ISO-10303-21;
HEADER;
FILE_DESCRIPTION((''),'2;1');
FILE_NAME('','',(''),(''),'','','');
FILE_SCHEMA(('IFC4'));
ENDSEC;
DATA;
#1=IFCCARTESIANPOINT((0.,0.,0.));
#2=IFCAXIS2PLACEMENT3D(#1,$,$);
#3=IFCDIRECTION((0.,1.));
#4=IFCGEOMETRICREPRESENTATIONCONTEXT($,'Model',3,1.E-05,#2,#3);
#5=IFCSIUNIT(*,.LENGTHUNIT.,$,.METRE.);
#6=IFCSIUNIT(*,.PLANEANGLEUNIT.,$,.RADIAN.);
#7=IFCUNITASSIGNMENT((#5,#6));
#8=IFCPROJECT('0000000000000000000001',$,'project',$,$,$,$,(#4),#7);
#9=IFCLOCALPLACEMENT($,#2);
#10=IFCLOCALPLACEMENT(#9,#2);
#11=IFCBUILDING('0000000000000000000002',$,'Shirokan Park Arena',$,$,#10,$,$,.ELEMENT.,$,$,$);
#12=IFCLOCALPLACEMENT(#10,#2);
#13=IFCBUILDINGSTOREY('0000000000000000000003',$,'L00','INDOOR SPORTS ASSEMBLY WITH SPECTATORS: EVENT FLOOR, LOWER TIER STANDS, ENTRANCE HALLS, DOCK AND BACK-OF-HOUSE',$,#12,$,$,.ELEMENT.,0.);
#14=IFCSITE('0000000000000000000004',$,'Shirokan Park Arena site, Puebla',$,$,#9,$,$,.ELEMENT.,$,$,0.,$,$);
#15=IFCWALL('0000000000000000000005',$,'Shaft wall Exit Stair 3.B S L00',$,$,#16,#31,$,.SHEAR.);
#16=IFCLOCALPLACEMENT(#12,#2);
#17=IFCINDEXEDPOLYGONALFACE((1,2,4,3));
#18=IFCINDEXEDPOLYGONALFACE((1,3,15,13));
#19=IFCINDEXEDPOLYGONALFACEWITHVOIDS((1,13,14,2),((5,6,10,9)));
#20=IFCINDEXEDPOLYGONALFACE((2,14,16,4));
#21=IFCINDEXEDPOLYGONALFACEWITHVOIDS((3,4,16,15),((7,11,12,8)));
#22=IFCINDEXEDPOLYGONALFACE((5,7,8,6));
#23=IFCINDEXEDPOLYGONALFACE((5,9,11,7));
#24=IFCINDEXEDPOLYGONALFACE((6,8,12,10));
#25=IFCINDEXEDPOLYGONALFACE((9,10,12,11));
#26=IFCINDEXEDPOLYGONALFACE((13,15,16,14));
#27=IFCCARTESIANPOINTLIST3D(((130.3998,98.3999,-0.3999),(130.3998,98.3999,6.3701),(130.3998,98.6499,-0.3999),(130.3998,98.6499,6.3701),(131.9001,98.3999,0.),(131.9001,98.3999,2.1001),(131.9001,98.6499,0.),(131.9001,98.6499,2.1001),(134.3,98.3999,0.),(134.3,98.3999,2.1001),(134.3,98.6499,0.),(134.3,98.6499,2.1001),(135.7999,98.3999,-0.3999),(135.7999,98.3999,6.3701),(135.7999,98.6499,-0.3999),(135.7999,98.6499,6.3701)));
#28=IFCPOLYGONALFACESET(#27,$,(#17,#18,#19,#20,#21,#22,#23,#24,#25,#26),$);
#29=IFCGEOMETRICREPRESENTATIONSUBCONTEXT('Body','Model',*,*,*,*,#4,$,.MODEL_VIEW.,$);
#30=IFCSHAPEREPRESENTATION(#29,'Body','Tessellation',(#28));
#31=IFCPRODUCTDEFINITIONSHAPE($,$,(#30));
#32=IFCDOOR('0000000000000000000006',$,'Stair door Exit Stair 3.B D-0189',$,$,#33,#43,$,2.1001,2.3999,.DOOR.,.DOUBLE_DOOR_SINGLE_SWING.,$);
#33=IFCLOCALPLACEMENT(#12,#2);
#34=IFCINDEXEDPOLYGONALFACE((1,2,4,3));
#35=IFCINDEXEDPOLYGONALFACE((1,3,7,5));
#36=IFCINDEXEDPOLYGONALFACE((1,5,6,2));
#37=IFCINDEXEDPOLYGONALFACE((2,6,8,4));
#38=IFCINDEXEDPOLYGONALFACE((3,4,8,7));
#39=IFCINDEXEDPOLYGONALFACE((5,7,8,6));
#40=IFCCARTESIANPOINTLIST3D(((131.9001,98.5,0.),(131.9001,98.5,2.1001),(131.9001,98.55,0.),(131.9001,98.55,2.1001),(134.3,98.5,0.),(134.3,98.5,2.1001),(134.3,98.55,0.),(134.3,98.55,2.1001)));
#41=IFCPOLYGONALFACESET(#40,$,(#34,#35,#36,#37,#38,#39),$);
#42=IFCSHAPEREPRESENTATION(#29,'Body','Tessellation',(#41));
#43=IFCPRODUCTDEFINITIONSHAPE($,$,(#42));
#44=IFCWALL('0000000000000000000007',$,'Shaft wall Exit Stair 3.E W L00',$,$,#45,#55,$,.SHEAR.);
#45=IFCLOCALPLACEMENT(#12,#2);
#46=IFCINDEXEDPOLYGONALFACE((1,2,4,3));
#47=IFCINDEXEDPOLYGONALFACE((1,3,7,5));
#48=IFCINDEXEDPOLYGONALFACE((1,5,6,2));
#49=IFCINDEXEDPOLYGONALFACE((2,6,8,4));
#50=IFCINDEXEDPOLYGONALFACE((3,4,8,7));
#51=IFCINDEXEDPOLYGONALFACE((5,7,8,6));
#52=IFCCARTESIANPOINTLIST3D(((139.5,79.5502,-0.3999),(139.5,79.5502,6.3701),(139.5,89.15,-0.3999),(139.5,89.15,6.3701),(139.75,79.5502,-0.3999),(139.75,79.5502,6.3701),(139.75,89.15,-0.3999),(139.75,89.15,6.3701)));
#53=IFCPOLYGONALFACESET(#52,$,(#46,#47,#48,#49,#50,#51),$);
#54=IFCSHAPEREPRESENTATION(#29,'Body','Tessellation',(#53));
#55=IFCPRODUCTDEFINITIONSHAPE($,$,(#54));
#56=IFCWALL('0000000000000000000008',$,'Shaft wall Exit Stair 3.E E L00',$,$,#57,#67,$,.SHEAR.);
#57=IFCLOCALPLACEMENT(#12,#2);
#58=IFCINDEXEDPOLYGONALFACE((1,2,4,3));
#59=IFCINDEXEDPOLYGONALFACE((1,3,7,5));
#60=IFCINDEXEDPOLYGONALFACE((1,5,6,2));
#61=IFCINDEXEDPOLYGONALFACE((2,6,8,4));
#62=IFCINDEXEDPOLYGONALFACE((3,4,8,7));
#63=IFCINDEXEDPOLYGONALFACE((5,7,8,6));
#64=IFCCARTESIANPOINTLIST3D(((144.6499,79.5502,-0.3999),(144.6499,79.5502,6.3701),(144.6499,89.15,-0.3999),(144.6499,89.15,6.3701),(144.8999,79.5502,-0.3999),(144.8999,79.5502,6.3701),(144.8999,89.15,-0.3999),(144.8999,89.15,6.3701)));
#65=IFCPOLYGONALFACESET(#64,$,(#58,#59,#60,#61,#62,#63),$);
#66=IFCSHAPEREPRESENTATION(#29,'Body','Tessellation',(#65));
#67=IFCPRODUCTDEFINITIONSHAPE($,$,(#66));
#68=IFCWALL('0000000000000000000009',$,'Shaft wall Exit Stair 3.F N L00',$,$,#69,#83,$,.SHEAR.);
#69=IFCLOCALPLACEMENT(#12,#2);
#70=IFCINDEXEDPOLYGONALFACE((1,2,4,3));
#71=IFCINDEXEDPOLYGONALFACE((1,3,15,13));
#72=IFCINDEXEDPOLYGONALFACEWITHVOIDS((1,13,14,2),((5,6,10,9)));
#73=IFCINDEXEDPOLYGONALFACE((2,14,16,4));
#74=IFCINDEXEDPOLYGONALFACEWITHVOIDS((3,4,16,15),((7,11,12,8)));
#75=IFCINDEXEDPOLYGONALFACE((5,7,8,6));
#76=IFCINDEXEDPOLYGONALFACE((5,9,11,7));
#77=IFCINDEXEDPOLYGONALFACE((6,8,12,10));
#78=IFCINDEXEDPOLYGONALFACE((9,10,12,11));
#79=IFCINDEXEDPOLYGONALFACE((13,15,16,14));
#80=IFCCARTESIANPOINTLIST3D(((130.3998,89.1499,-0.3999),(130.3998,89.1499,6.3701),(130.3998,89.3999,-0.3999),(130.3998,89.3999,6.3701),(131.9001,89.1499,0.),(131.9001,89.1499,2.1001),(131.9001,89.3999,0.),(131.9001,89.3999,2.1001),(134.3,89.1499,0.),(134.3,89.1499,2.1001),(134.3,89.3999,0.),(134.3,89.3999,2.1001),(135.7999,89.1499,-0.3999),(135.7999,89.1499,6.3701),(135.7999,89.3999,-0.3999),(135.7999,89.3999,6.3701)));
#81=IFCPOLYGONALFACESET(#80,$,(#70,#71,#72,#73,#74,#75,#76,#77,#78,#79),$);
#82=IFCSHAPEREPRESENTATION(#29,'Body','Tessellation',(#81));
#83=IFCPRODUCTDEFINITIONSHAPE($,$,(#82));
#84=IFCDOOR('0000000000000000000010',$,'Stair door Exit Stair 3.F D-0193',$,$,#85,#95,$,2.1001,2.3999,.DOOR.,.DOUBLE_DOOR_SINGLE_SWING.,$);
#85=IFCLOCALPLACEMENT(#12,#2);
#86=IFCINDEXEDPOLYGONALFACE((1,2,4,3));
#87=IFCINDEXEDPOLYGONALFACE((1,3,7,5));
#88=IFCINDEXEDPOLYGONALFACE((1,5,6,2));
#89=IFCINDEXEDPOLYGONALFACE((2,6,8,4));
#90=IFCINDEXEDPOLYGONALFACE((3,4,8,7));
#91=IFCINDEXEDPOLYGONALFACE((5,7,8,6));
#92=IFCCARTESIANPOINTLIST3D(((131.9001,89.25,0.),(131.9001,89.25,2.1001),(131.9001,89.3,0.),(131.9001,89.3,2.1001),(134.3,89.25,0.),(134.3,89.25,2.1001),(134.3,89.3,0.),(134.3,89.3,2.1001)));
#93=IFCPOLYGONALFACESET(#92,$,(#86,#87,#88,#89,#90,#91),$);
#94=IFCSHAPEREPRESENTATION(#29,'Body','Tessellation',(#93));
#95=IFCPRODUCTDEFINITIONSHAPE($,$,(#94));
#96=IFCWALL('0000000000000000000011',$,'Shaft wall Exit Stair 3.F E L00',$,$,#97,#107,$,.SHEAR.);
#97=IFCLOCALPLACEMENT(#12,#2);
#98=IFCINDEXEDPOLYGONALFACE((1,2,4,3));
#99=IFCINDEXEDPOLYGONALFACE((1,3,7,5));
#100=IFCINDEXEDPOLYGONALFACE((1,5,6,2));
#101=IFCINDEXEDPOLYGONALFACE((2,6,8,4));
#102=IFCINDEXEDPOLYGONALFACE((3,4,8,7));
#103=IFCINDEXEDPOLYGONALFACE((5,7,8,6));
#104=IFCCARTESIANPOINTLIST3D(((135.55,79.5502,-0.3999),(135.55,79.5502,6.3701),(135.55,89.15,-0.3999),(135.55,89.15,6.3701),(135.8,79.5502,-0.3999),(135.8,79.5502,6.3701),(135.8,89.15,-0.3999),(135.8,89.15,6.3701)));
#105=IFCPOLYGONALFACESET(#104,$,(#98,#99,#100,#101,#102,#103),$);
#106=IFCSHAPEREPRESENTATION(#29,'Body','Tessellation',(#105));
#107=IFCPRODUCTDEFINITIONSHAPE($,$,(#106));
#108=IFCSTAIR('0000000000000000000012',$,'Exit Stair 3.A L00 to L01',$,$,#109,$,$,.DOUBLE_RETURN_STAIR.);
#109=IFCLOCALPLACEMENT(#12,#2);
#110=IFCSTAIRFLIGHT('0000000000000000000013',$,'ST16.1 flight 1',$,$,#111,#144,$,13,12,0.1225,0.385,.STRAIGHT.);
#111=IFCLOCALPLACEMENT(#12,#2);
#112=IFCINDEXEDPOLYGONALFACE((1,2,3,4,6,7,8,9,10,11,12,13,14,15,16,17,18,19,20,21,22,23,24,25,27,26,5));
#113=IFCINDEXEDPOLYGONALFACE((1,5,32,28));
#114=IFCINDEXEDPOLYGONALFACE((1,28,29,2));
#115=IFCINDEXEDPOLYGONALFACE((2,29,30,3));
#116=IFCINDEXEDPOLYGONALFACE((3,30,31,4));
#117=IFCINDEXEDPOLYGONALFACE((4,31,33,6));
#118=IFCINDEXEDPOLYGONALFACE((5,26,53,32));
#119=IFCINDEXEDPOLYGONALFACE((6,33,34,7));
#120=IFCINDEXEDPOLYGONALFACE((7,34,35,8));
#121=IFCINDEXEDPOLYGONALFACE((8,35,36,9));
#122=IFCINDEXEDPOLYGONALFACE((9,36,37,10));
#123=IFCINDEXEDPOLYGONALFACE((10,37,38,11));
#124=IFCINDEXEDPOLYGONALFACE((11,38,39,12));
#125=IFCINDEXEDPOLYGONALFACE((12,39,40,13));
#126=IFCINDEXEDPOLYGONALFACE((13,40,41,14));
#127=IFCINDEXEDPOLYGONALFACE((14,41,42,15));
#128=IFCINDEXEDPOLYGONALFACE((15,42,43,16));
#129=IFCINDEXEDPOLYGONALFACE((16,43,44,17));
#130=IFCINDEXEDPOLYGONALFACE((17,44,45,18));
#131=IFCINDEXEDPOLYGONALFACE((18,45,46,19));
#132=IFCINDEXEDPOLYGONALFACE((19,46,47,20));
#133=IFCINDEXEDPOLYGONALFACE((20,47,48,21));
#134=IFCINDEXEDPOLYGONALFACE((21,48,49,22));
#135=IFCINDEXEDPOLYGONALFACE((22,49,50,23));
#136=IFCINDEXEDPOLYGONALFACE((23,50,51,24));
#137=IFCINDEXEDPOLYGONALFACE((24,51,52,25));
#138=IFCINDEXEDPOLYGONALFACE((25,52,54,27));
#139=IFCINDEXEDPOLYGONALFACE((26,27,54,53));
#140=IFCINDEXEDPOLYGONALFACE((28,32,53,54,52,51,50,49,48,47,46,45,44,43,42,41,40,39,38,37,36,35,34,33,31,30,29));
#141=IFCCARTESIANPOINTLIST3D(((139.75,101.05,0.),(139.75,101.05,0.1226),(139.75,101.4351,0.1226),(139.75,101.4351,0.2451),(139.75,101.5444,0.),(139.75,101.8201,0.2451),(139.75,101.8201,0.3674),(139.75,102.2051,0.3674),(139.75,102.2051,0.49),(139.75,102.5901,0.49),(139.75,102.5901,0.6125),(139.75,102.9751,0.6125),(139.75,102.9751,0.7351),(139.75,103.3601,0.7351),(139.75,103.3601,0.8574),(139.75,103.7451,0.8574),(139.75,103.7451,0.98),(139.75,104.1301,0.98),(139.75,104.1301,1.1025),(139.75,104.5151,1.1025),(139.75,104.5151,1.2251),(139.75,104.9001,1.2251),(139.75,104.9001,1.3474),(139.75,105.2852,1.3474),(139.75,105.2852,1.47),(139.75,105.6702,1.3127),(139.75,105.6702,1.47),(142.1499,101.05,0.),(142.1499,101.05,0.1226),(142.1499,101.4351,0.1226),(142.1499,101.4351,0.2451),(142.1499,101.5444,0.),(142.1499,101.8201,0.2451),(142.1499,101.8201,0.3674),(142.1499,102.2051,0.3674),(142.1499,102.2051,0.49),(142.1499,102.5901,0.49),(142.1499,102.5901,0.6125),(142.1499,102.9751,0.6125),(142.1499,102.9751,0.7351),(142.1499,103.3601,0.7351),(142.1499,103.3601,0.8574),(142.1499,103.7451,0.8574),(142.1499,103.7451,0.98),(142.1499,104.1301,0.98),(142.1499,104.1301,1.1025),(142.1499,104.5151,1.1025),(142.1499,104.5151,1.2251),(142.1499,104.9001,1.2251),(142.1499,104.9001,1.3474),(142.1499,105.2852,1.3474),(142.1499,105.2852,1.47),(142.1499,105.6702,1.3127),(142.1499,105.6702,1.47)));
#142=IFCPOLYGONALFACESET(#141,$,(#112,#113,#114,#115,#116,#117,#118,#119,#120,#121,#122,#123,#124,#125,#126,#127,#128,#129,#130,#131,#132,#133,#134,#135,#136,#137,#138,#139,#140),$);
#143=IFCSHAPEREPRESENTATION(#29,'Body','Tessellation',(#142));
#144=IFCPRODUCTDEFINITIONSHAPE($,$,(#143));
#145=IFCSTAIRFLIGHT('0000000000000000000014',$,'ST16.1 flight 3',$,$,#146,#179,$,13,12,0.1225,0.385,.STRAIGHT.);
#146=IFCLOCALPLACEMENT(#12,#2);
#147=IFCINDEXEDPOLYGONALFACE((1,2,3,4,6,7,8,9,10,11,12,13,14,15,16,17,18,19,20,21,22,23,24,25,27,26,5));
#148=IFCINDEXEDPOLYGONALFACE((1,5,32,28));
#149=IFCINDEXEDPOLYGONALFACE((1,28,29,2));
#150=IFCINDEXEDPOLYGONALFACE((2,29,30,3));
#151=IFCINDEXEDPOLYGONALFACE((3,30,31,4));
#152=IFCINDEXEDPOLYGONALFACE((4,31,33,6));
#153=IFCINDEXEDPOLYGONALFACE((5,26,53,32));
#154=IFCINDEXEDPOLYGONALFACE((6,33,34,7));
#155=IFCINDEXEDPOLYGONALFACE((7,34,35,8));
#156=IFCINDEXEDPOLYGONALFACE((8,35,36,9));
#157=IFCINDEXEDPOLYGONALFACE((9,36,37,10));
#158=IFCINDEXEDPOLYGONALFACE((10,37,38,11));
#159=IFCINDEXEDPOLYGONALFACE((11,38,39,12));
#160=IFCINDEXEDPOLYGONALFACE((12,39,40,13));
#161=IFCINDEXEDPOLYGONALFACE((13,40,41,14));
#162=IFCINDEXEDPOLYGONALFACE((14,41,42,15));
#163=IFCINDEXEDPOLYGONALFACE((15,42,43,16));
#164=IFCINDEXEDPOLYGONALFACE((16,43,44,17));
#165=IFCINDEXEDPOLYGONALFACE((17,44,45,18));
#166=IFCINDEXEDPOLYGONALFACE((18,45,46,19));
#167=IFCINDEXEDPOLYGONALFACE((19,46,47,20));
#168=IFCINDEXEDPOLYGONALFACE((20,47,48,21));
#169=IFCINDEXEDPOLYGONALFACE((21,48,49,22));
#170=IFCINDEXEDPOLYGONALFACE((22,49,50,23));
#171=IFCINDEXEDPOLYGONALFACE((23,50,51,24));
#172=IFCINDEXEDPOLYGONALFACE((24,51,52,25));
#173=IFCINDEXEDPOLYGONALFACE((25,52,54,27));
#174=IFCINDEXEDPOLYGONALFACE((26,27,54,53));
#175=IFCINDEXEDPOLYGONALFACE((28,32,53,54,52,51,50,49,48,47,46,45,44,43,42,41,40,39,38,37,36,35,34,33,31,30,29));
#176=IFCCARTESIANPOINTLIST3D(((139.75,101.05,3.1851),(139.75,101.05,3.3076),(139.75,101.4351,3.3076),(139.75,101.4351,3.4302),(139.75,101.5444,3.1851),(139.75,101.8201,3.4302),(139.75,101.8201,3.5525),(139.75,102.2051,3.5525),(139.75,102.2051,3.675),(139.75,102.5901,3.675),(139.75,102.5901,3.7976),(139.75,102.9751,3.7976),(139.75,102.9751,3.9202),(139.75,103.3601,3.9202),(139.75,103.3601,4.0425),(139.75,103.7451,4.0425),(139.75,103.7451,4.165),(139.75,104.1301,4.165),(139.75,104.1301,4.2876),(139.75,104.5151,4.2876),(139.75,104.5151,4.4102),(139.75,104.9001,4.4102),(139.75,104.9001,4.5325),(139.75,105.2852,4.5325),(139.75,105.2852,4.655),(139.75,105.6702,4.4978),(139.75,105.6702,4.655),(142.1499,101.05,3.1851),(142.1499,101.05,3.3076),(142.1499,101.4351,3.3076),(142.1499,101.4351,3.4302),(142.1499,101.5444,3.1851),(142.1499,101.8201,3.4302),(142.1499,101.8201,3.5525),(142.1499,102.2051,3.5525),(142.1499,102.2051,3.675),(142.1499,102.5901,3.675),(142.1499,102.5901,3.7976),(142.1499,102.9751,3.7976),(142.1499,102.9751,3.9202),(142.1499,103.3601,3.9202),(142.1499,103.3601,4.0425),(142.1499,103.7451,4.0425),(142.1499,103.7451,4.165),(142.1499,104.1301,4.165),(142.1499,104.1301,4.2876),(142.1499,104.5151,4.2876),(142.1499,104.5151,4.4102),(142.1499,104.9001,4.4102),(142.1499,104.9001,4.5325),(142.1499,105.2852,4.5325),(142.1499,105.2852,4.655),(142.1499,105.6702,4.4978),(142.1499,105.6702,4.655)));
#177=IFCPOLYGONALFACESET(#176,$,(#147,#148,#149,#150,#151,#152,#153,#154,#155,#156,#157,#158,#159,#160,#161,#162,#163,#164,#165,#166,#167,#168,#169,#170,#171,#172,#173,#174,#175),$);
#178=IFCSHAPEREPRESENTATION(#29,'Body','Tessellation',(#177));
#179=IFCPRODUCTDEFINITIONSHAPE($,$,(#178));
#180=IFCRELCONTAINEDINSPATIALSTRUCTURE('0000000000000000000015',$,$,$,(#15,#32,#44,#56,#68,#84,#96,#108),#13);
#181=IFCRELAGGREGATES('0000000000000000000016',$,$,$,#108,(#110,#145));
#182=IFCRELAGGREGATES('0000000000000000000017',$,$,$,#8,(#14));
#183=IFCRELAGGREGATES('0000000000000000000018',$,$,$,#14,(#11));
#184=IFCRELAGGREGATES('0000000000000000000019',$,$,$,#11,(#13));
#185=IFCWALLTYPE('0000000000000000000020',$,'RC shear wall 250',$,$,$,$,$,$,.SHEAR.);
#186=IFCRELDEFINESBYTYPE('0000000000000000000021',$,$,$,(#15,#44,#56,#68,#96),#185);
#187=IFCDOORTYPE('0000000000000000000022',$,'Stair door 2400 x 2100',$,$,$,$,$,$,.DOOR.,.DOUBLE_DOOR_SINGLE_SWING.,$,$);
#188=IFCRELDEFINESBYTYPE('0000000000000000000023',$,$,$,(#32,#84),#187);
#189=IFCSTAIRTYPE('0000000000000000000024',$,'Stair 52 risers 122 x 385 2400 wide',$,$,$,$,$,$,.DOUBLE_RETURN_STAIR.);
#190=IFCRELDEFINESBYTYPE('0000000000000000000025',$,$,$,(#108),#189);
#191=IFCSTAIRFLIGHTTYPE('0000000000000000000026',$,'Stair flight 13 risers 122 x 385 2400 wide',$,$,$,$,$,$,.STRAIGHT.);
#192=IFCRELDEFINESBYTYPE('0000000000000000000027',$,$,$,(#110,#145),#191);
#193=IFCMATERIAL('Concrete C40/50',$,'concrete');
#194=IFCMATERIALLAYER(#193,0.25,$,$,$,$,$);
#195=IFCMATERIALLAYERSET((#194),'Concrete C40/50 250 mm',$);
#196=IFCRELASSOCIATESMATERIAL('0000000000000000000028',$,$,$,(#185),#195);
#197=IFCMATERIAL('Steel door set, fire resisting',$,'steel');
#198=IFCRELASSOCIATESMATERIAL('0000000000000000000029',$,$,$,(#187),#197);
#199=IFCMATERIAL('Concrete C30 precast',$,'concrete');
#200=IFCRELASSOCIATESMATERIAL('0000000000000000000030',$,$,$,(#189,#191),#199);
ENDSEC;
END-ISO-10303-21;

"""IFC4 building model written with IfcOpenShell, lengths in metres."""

from ifc_helpers import new_model, si_unit, direction, frame, frame_2d, origin, place, context, subcontext, project, spatial, polyline, rectangle, outline, extrude, material, layer, layer_set, type_object, element, fill, aggregate, save


model = new_model("IFC4")

# Units and contexts
model_context = context("Model", 3, precision=1e-05, world=origin(), true_north=direction((0.0, 1.0)))
body_context = subcontext(model_context, "Body", "Model", "MODEL_VIEW")
ifc_project = project(units=[si_unit("LENGTHUNIT", "METRE"), si_unit("PLANEANGLEUNIT", "RADIAN")], contexts=[model_context])

# Site, building, storey
site_placement = place(None, origin())
site = spatial("IfcSite", under=ifc_project, at=site_placement, Name="Shirokan Park Arena site, Puebla", CompositionType="ELEMENT", RefElevation=0.0)
building_placement = place(site_placement, origin())
building = spatial("IfcBuilding", under=site, at=building_placement, Name="Shirokan Park Arena", CompositionType="ELEMENT")
storey_placement = place(building_placement, origin())
storey = spatial("IfcBuildingStorey", under=building, at=storey_placement, Name="L00", Description="INDOOR SPORTS ASSEMBLY WITH SPECTATORS: EVENT FLOOR, LOWER TIER STANDS, ENTRANCE HALLS, DOCK AND BACK-OF-HOUSE", CompositionType="ELEMENT", Elevation=0.0)

# Wall, opening, door
ifc_material_1 = material(Name="Concrete C40/50", Category="concrete")
ifc_layer_1 = layer(ifc_material_1, 0.25)
ifc_layer_set_1 = layer_set([ifc_layer_1], Name="Concrete C40/50 250 mm")
wall_type_1 = type_object("IfcWallType", Name="RC shear wall 250", PredefinedType="SHEAR", material=ifc_layer_set_1)
wall_1_placement = place(storey_placement, frame((135.8, 98.5249, -0.3999), z_axis=(0.0, 0.0, 1.0), x_axis=(-1.0, 0.0, 0.0)))
wall_1 = element("IfcWall", 1, at=wall_1_placement, inside=storey, type_object=wall_type_1, Name="Shaft wall Exit Stair 3.B S L00", PredefinedType="SHEAR", context=body_context, shape_type="SweptSolid", body=[
    extrude(rectangle(XDim=5.4001, YDim=0.25, at=frame_2d((2.7002, 0.0))), origin(), (0.0, 0.0, 1.0), 6.77),
])
opening_1_placement = place(wall_1_placement, frame((1.5, 0.0, 0.3999)))
opening_1 = element("IfcOpeningElement", 2, at=opening_1_placement, cuts=wall_1, PredefinedType="OPENING", context=body_context, shape_type="SweptSolid", body=[
    extrude(rectangle(XDim=2.3999, YDim=2.1001, at=frame_2d((1.2, 1.05))), frame((0.0, 0.135, 0.0), z_axis=(0.0, -1.0, 0.0), x_axis=(1.0, 0.0, 0.0)), (0.0, 0.0, 1.0), 0.27),
])
ifc_material_2 = material(Name="Steel door set, fire resisting", Category="steel")
door_type_1 = type_object("IfcDoorType", Name="Stair door 2400 x 2100", OperationType="DOUBLE_DOOR_SINGLE_SWING", PredefinedType="DOOR", material=ifc_material_2)
door_1_placement = place(opening_1_placement, origin())
door_1 = element("IfcDoor", 3, at=door_1_placement, inside=storey, type_object=door_type_1, Name="Stair door Exit Stair 3.B D-0189", OperationType="DOUBLE_DOOR_SINGLE_SWING", OverallHeight=2.1001, OverallWidth=2.3999, PredefinedType="DOOR", context=body_context, shape_type="SweptSolid", body=[
    extrude(rectangle(XDim=2.3999, YDim=2.1001, at=frame_2d((1.2, 1.05))), frame((0.0, 0.0249, 0.0), z_axis=(0.0, -1.0, 0.0), x_axis=(1.0, 0.0, 0.0)), (0.0, 0.0, 1.0), 0.05),
])
fill(opening_1, door_1)

# Walls
for number, where, z_axis, x_axis, name in (
    (4, (139.625, 89.1499, -0.3999), (0.0, 0.0, 1.0), (0.0, -1.0, 0.0), "Shaft wall Exit Stair 3.E W L00"),
    (5, (144.7749, 89.1499, -0.3999), (0.0, 0.0, 1.0), (0.0, -1.0, 0.0), "Shaft wall Exit Stair 3.E E L00"),
):
    element("IfcWall", number, at=place(storey_placement, frame(where, z_axis=z_axis, x_axis=x_axis)), inside=storey, type_object=wall_type_1, Name=name, PredefinedType="SHEAR", context=body_context, shape_type="SweptSolid", body=[
        extrude(rectangle(XDim=9.5999, YDim=0.25, at=frame_2d((4.7998, 0.0))), origin(), (0.0, 0.0, 1.0), 6.77),
    ])

# Wall, opening, door
wall_2_placement = place(storey_placement, frame((135.8, 89.2749, -0.3999), z_axis=(0.0, 0.0, 1.0), x_axis=(-1.0, 0.0, 0.0)))
wall_2 = element("IfcWall", 6, at=wall_2_placement, inside=storey, type_object=wall_type_1, Name="Shaft wall Exit Stair 3.F N L00", PredefinedType="SHEAR", context=body_context, shape_type="SweptSolid", body=[
    extrude(rectangle(XDim=5.4001, YDim=0.25, at=frame_2d((2.7002, 0.0))), origin(), (0.0, 0.0, 1.0), 6.77),
])
opening_2_placement = place(wall_2_placement, frame((1.5, 0.0, 0.3999)))
opening_2 = element("IfcOpeningElement", 7, at=opening_2_placement, cuts=wall_2, PredefinedType="OPENING", context=body_context, shape_type="SweptSolid", body=[
    extrude(rectangle(XDim=2.3999, YDim=2.1001, at=frame_2d((1.2, 1.05))), frame((0.0, 0.135, 0.0), z_axis=(0.0, -1.0, 0.0), x_axis=(1.0, 0.0, 0.0)), (0.0, 0.0, 1.0), 0.27),
])
door_2_placement = place(opening_2_placement, origin())
door_2 = element("IfcDoor", 8, at=door_2_placement, inside=storey, type_object=door_type_1, Name="Stair door Exit Stair 3.F D-0193", OperationType="DOUBLE_DOOR_SINGLE_SWING", OverallHeight=2.1001, OverallWidth=2.3999, PredefinedType="DOOR", context=body_context, shape_type="SweptSolid", body=[
    extrude(rectangle(XDim=2.3999, YDim=2.1001, at=frame_2d((1.2, 1.05))), frame((0.0, 0.0249, 0.0), z_axis=(0.0, -1.0, 0.0), x_axis=(1.0, 0.0, 0.0)), (0.0, 0.0, 1.0), 0.05),
])
fill(opening_2, door_2)

# Wall
wall_3_placement = place(storey_placement, frame((135.675, 89.1499, -0.3999), z_axis=(0.0, 0.0, 1.0), x_axis=(0.0, -1.0, 0.0)))
element("IfcWall", 9, at=wall_3_placement, inside=storey, type_object=wall_type_1, Name="Shaft wall Exit Stair 3.F E L00", PredefinedType="SHEAR", context=body_context, shape_type="SweptSolid", body=[
    extrude(rectangle(XDim=9.5999, YDim=0.25, at=frame_2d((4.7998, 0.0))), origin(), (0.0, 0.0, 1.0), 6.77),
])

# Stair, stair flights
ifc_material_3 = material(Name="Concrete C30 precast", Category="concrete")
stair_type = type_object("IfcStairType", Name="Stair 52 risers 122 x 385 2400 wide", PredefinedType="DOUBLE_RETURN_STAIR", material=ifc_material_3)
stair_placement = place(storey_placement, origin())
stair = element("IfcStair", 10, at=stair_placement, inside=storey, type_object=stair_type, Name="Exit Stair 3.A L00 to L01", PredefinedType="DOUBLE_RETURN_STAIR")
stair_flight_type = type_object("IfcStairFlightType", Name="Stair flight 13 risers 122 x 385 2400 wide", PredefinedType="STRAIGHT", material=ifc_material_3)
stair_flight_1_placement = place(storey_placement, frame((140.95, 101.05, 0.0), z_axis=(0.0, 0.0, 1.0), x_axis=(0.0, 1.0, 0.0)))
stair_flight_1 = element("IfcStairFlight", 11, at=stair_flight_1_placement, type_object=stair_flight_type, Name="ST16.1 flight 1", NumberOfRisers=13, NumberOfTreads=12, PredefinedType="STRAIGHT", RiserHeight=0.1225, TreadLength=0.385, context=body_context, shape_type="SweptSolid", body=[
    extrude(outline(polyline([(0.0, 0.0), (0.0, 0.1226), (0.385, 0.1226), (0.385, 0.2451), (0.77, 0.2451), (0.77, 0.3674), (1.155, 0.3674), (1.155, 0.49), (1.54, 0.49), (1.54, 0.6125), (1.925, 0.6125), (1.925, 0.7351), (2.3101, 0.7351), (2.3101, 0.8574), (2.6951, 0.8574), (2.6951, 0.98), (3.0801, 0.98), (3.0801, 1.1025), (3.4651, 1.1025), (3.4651, 1.2251), (3.8501, 1.2251), (3.8501, 1.3474), (4.2351, 1.3474), (4.2351, 1.47), (4.6201, 1.47), (4.6201, 1.5925), (4.6201, 1.3127), (0.4944, 0.0), (0.0, 0.0)])), frame((0.0, 1.2, 0.0), z_axis=(0.0, -1.0, 0.0), x_axis=(1.0, 0.0, 0.0)), (0.0, 0.0, 1.0), 2.3999),
])
stair_flight_2_placement = place(storey_placement, frame((140.95, 101.05, 3.1851), z_axis=(0.0, 0.0, 1.0), x_axis=(0.0, 1.0, 0.0)))
stair_flight_2 = element("IfcStairFlight", 12, at=stair_flight_2_placement, type_object=stair_flight_type, Name="ST16.1 flight 3", NumberOfRisers=13, NumberOfTreads=12, PredefinedType="STRAIGHT", RiserHeight=0.1225, TreadLength=0.385, context=body_context, shape_type="SweptSolid", body=[
    extrude(outline(polyline([(0.0, 0.0), (0.0, 0.1226), (0.385, 0.1226), (0.385, 0.2451), (0.77, 0.2451), (0.77, 0.3674), (1.155, 0.3674), (1.155, 0.49), (1.54, 0.49), (1.54, 0.6125), (1.925, 0.6125), (1.925, 0.7351), (2.3101, 0.7351), (2.3101, 0.8574), (2.6951, 0.8574), (2.6951, 0.98), (3.0801, 0.98), (3.0801, 1.1025), (3.4651, 1.1025), (3.4651, 1.2251), (3.8501, 1.2251), (3.8501, 1.3474), (4.2351, 1.3474), (4.2351, 1.47), (4.6201, 1.47), (4.6201, 1.5925), (4.6201, 1.3127), (0.4944, 0.0), (0.0, 0.0)])), frame((0.0, 1.2, 0.0), z_axis=(0.0, -1.0, 0.0), x_axis=(1.0, 0.0, 0.0)), (0.0, 0.0, 1.0), 2.3999),
])
aggregate(stair, [stair_flight_1, stair_flight_2])

save(model, "model.ifc")
